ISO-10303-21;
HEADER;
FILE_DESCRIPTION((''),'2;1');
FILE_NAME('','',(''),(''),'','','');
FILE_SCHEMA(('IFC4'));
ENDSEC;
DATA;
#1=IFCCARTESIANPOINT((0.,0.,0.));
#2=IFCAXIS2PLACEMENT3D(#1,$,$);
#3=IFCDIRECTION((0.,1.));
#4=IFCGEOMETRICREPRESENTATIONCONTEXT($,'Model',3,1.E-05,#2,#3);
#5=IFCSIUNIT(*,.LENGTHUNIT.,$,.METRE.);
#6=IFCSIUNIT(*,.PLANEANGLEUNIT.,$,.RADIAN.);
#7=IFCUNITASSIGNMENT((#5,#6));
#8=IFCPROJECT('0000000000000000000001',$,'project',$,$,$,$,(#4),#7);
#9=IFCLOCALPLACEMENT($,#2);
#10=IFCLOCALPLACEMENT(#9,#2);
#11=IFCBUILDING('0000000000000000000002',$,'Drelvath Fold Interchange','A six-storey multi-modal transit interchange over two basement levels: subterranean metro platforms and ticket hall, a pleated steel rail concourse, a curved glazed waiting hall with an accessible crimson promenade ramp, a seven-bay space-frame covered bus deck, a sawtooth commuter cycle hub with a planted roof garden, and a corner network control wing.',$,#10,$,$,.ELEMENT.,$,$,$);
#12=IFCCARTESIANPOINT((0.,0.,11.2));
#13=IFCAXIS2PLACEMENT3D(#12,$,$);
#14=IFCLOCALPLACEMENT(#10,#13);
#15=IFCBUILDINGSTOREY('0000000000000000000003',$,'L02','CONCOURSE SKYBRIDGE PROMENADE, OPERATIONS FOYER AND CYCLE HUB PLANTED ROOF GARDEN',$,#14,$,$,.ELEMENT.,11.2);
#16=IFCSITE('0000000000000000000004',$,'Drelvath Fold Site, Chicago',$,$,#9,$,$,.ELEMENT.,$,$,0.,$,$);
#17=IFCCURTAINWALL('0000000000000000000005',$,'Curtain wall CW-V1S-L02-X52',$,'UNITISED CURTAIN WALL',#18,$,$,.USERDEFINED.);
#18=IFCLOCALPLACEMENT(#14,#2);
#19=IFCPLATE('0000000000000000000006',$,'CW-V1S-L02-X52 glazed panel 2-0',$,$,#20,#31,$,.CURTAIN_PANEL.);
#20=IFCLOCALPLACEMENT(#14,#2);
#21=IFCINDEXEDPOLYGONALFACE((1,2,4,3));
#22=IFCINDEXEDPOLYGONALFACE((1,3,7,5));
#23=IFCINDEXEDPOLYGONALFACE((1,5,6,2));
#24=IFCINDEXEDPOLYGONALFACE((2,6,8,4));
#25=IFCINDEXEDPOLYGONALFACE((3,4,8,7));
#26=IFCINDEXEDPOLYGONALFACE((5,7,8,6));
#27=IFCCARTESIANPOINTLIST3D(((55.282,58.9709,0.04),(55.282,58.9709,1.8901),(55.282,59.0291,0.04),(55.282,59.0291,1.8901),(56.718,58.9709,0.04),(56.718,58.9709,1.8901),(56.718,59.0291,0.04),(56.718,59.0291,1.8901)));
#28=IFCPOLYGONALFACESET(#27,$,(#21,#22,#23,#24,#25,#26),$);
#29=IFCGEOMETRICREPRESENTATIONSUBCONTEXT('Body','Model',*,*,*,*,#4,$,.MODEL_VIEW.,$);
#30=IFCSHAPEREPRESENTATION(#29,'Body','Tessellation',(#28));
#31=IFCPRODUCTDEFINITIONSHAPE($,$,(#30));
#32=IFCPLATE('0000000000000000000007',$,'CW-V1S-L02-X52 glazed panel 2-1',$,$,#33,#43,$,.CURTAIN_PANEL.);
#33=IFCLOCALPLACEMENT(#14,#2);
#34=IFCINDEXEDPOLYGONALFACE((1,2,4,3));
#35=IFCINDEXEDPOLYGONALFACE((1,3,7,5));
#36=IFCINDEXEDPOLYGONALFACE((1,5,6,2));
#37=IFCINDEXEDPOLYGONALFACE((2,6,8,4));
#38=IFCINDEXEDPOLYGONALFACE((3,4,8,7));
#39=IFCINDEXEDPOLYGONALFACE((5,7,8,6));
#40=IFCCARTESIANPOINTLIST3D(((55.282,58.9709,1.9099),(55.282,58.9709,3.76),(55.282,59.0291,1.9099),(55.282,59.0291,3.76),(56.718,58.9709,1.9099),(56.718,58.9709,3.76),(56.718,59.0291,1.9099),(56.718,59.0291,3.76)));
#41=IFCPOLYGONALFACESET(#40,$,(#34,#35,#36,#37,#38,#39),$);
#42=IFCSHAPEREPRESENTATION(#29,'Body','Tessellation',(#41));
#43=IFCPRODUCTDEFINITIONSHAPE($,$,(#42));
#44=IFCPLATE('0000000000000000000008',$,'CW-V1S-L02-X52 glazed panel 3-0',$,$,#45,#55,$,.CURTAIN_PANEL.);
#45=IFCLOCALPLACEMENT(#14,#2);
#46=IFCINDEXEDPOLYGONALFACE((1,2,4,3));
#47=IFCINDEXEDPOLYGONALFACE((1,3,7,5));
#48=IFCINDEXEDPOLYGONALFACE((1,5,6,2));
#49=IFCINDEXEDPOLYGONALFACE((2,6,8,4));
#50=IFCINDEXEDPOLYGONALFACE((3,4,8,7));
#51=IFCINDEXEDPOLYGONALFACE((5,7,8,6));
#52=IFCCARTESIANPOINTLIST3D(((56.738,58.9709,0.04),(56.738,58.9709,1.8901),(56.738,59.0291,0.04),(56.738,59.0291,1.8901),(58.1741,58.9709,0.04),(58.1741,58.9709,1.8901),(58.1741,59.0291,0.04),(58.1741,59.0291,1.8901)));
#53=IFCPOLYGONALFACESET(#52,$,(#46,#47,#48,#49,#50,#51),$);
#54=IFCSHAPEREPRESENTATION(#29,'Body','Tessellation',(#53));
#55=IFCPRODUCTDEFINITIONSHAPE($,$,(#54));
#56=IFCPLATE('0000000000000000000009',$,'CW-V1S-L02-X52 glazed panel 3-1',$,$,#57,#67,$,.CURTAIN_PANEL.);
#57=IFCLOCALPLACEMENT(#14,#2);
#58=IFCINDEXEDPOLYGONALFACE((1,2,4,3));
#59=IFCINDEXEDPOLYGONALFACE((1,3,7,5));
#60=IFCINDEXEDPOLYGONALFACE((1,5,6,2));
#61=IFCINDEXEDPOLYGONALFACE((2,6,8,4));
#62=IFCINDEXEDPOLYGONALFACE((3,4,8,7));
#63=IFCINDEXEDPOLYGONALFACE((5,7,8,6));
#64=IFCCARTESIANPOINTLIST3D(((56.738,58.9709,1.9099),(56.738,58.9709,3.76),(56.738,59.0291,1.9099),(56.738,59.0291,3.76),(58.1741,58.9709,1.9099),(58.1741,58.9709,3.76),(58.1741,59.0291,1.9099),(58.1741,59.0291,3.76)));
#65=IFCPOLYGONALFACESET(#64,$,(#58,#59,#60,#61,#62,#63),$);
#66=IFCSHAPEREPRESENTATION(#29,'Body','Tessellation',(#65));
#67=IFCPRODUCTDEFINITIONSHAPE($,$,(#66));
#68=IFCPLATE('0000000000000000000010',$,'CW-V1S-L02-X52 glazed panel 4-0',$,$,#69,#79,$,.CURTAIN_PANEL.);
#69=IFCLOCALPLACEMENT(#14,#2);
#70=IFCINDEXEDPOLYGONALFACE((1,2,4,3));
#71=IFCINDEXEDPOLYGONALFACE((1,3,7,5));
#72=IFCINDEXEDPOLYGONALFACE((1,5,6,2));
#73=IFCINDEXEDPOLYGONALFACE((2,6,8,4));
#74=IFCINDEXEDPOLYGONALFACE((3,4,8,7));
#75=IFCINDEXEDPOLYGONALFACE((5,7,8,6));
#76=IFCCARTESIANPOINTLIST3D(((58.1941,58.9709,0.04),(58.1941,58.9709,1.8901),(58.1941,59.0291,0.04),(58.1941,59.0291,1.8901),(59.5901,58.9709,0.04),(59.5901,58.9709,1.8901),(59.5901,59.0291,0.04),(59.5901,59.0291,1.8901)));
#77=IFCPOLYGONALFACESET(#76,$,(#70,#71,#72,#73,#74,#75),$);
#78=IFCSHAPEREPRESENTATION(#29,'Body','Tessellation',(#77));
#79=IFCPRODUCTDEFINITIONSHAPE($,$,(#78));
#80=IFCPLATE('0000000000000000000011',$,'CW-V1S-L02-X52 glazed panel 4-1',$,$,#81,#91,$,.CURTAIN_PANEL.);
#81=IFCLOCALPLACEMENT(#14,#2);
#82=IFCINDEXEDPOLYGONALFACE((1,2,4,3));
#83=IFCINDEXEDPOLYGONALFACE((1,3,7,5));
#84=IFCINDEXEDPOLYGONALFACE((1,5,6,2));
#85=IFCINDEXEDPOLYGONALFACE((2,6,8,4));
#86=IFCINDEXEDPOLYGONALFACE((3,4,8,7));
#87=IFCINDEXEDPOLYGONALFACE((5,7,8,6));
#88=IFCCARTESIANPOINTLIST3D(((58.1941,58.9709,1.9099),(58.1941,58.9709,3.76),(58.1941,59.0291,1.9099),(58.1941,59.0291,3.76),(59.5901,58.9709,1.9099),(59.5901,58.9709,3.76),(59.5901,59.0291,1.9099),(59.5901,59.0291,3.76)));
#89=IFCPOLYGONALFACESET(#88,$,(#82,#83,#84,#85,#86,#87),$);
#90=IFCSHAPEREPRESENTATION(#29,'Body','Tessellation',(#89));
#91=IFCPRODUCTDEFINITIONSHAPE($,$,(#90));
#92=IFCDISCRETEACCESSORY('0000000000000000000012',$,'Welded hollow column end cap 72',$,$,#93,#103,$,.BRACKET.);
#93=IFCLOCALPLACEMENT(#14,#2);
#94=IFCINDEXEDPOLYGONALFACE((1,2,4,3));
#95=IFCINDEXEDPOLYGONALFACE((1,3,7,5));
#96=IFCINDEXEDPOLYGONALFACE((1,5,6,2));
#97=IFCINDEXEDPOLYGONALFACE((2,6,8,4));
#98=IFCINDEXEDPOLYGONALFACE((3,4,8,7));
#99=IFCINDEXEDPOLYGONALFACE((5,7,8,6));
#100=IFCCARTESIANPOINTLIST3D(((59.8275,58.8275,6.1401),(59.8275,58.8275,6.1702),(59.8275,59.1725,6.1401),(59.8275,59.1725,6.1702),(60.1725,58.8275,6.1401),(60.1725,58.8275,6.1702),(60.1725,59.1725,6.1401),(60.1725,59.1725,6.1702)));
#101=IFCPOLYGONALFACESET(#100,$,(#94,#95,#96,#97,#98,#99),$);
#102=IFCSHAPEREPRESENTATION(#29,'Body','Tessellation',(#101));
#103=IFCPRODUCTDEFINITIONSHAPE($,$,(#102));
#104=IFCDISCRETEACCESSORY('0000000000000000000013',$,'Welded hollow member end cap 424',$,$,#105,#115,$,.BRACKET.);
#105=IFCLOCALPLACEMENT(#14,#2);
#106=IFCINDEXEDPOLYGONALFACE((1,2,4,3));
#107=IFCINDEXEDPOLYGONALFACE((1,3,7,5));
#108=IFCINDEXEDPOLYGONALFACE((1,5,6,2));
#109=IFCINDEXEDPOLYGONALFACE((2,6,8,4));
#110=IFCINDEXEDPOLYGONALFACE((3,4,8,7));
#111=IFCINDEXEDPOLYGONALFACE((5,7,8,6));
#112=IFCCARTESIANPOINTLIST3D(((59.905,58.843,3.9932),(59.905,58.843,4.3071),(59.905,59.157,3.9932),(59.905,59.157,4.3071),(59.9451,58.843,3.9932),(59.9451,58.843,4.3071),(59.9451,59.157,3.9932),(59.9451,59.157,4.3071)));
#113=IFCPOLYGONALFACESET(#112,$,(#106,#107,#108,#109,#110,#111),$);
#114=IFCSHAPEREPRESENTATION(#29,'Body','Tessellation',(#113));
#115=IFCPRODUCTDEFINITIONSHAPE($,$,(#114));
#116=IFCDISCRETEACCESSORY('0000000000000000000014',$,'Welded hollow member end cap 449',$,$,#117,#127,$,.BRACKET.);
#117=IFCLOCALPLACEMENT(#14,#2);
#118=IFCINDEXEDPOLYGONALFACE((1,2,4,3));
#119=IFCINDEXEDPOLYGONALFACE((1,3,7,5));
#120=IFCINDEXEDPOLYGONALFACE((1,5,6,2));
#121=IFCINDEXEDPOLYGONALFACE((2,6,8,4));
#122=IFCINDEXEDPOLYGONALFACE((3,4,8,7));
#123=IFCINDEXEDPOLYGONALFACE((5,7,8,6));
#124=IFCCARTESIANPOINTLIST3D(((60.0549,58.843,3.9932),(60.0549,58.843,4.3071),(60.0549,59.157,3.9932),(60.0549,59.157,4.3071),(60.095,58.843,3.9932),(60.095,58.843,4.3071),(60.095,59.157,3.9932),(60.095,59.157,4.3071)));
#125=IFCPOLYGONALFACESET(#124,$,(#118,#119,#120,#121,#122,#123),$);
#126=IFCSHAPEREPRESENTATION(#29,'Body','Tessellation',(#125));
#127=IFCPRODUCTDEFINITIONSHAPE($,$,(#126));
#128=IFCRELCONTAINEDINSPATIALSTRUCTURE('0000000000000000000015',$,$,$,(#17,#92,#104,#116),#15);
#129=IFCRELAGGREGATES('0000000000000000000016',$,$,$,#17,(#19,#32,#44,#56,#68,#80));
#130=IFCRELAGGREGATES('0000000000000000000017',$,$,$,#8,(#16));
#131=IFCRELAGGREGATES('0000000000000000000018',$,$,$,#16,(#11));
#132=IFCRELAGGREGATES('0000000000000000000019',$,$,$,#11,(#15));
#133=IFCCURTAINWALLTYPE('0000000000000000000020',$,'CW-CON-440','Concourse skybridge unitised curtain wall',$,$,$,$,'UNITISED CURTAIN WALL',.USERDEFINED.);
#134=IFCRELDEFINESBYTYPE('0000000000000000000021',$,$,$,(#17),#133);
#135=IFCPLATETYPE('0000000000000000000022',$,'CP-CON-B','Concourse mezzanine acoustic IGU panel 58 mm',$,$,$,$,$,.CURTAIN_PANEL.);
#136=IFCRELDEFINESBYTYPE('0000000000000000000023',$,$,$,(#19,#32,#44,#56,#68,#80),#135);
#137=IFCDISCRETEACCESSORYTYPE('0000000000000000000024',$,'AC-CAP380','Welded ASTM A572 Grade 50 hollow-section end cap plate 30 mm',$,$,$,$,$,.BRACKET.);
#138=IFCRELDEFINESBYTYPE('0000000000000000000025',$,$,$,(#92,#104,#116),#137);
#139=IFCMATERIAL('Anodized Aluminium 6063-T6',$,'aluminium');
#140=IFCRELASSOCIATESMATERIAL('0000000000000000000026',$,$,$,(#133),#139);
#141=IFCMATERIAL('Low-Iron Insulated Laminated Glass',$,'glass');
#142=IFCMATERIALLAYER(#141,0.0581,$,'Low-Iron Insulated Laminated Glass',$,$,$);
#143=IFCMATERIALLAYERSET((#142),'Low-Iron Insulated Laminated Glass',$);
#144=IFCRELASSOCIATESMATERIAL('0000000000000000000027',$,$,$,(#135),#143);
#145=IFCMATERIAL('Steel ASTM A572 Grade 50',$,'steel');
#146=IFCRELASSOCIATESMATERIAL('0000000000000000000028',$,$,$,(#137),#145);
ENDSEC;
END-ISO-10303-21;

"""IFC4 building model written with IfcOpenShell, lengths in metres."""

from ifc_helpers import new_model, si_unit, direction, frame, origin, origin_2d, place, context, subcontext, project, spatial, rectangle, extrude, material, layer, layer_set, type_object, element, aggregate, save


model = new_model("IFC4")

# Units and contexts
model_context = context("Model", 3, precision=1e-05, world=origin(), true_north=direction((0.0, 1.0)))
body_context = subcontext(model_context, "Body", "Model", "MODEL_VIEW")
ifc_project = project(units=[si_unit("LENGTHUNIT", "METRE"), si_unit("PLANEANGLEUNIT", "RADIAN")], contexts=[model_context])

# Site, building, storey
site_placement = place(None, origin())
site = spatial("IfcSite", under=ifc_project, at=site_placement, Name="Drelvath Fold Site, Chicago", CompositionType="ELEMENT", RefElevation=0.0)
building_placement = place(site_placement, origin())
building = spatial("IfcBuilding", under=site, at=building_placement, Name="Drelvath Fold Interchange", Description="A six-storey multi-modal transit interchange over two basement levels: subterranean metro platforms and ticket hall, a pleated steel rail concourse, a curved glazed waiting hall with an accessible crimson promenade ramp, a seven-bay space-frame covered bus deck, a sawtooth commuter cycle hub with a planted roof garden, and a corner network control wing.", CompositionType="ELEMENT")
storey_placement = place(building_placement, frame((0.0, 0.0, 11.2)))
storey = spatial("IfcBuildingStorey", under=building, at=storey_placement, Name="L02", Description="CONCOURSE SKYBRIDGE PROMENADE, OPERATIONS FOYER AND CYCLE HUB PLANTED ROOF GARDEN", CompositionType="ELEMENT", Elevation=11.2)

# Curtain wall
ifc_material_1 = material(Name="Anodized Aluminium 6063-T6", Category="aluminium")
curtain_wall_type = type_object("IfcCurtainWallType", Name="CW-CON-440", Description="Concourse skybridge unitised curtain wall", ElementType="UNITISED CURTAIN WALL", PredefinedType="USERDEFINED", material=ifc_material_1)
curtain_wall_1_placement = place(storey_placement, origin())
curtain_wall_1 = element("IfcCurtainWall", 1, at=curtain_wall_1_placement, inside=storey, type_object=curtain_wall_type, Name="Curtain wall CW-V1S-L02-X52", ObjectType="UNITISED CURTAIN WALL", PredefinedType="USERDEFINED")

# Plates
ifc_material_2 = material(Name="Low-Iron Insulated Laminated Glass", Category="glass")
ifc_layer = layer(ifc_material_2, 0.0581, Name="Low-Iron Insulated Laminated Glass")
ifc_layer_set = layer_set([ifc_layer], Name="Low-Iron Insulated Laminated Glass")
plate_type = type_object("IfcPlateType", Name="CP-CON-B", Description="Concourse mezzanine acoustic IGU panel 58 mm", PredefinedType="CURTAIN_PANEL", material=ifc_layer_set)
plate_1_placement = place(storey_placement, frame((56.0, 59.0, 0.04), z_axis=(0.0, 0.0, 1.0), x_axis=(1.0, 0.0, 0.0)))
plate_1 = element("IfcPlate", 2, at=plate_1_placement, type_object=plate_type, Name="CW-V1S-L02-X52 glazed panel 2-0", PredefinedType="CURTAIN_PANEL", context=body_context, shape_type="SweptSolid", body=[
    extrude(rectangle(XDim=1.436, YDim=0.0581, at=origin_2d()), origin(), (0.0, 0.0, 1.0), 1.8501),
])
plate_2_placement = place(storey_placement, frame((56.0, 59.0, 1.9099), z_axis=(0.0, 0.0, 1.0), x_axis=(1.0, 0.0, 0.0)))
plate_2 = element("IfcPlate", 3, at=plate_2_placement, type_object=plate_type, Name="CW-V1S-L02-X52 glazed panel 2-1", PredefinedType="CURTAIN_PANEL", context=body_context, shape_type="SweptSolid", body=[
    extrude(rectangle(XDim=1.436, YDim=0.0581, at=origin_2d()), origin(), (0.0, 0.0, 1.0), 1.8501),
])
plate_3_placement = place(storey_placement, frame((57.4561, 59.0, 0.04), z_axis=(0.0, 0.0, 1.0), x_axis=(1.0, 0.0, 0.0)))
plate_3 = element("IfcPlate", 4, at=plate_3_placement, type_object=plate_type, Name="CW-V1S-L02-X52 glazed panel 3-0", PredefinedType="CURTAIN_PANEL", context=body_context, shape_type="SweptSolid", body=[
    extrude(rectangle(XDim=1.436, YDim=0.0581, at=origin_2d()), origin(), (0.0, 0.0, 1.0), 1.8501),
])
plate_4_placement = place(storey_placement, frame((57.4561, 59.0, 1.9099), z_axis=(0.0, 0.0, 1.0), x_axis=(1.0, 0.0, 0.0)))
plate_4 = element("IfcPlate", 5, at=plate_4_placement, type_object=plate_type, Name="CW-V1S-L02-X52 glazed panel 3-1", PredefinedType="CURTAIN_PANEL", context=body_context, shape_type="SweptSolid", body=[
    extrude(rectangle(XDim=1.436, YDim=0.0581, at=origin_2d()), origin(), (0.0, 0.0, 1.0), 1.8501),
])
plate_5_placement = place(storey_placement, frame((58.8921, 59.0, 0.04), z_axis=(0.0, 0.0, 1.0), x_axis=(1.0, 0.0, 0.0)))
plate_5 = element("IfcPlate", 6, at=plate_5_placement, type_object=plate_type, Name="CW-V1S-L02-X52 glazed panel 4-0", PredefinedType="CURTAIN_PANEL", context=body_context, shape_type="SweptSolid", body=[
    extrude(rectangle(XDim=1.396, YDim=0.0581, at=origin_2d()), origin(), (0.0, 0.0, 1.0), 1.8501),
])
plate_6_placement = place(storey_placement, frame((58.8921, 59.0, 1.9099), z_axis=(0.0, 0.0, 1.0), x_axis=(1.0, 0.0, 0.0)))
plate_6 = element("IfcPlate", 7, at=plate_6_placement, type_object=plate_type, Name="CW-V1S-L02-X52 glazed panel 4-1", PredefinedType="CURTAIN_PANEL", context=body_context, shape_type="SweptSolid", body=[
    extrude(rectangle(XDim=1.396, YDim=0.0581, at=origin_2d()), origin(), (0.0, 0.0, 1.0), 1.8501),
])
aggregate(curtain_wall_1, [plate_1, plate_2, plate_3, plate_4, plate_5, plate_6])

# Discrete accessories
ifc_material_3 = material(Name="Steel ASTM A572 Grade 50", Category="steel")
discrete_accessory_type = type_object("IfcDiscreteAccessoryType", Name="AC-CAP380", Description="Welded ASTM A572 Grade 50 hollow-section end cap plate 30 mm", PredefinedType="BRACKET", material=ifc_material_3)
discrete_accessory_placement = place(storey_placement, frame((60.0, 59.0, 6.1401), z_axis=(0.0, 0.0, 1.0), x_axis=(1.0, 0.0, 0.0)))
element("IfcDiscreteAccessory", 8, at=discrete_accessory_placement, inside=storey, type_object=discrete_accessory_type, Name="Welded hollow column end cap 72", PredefinedType="BRACKET", context=body_context, shape_type="SweptSolid", body=[
    extrude(rectangle(XDim=0.345, YDim=0.345, at=origin_2d()), origin(), (0.0, 0.0, 1.0), 0.03),
])
for number, where, z_axis, x_axis, name in (
    (9, (59.925, 59.0, 3.9932), (0.0, 0.0, 1.0), (1.0, 0.0, 0.0), "Welded hollow member end cap 424"),
    (10, (60.075, 59.0, 3.9932), (0.0, 0.0, 1.0), (1.0, 0.0, 0.0), "Welded hollow member end cap 449"),
):
    element("IfcDiscreteAccessory", number, at=place(storey_placement, frame(where, z_axis=z_axis, x_axis=x_axis)), inside=storey, type_object=discrete_accessory_type, Name=name, PredefinedType="BRACKET", context=body_context, shape_type="SweptSolid", body=[
        extrude(rectangle(XDim=0.04, YDim=0.314, at=origin_2d()), origin(), (0.0, 0.0, 1.0), 0.314),
    ])

save(model, "model.ifc")
